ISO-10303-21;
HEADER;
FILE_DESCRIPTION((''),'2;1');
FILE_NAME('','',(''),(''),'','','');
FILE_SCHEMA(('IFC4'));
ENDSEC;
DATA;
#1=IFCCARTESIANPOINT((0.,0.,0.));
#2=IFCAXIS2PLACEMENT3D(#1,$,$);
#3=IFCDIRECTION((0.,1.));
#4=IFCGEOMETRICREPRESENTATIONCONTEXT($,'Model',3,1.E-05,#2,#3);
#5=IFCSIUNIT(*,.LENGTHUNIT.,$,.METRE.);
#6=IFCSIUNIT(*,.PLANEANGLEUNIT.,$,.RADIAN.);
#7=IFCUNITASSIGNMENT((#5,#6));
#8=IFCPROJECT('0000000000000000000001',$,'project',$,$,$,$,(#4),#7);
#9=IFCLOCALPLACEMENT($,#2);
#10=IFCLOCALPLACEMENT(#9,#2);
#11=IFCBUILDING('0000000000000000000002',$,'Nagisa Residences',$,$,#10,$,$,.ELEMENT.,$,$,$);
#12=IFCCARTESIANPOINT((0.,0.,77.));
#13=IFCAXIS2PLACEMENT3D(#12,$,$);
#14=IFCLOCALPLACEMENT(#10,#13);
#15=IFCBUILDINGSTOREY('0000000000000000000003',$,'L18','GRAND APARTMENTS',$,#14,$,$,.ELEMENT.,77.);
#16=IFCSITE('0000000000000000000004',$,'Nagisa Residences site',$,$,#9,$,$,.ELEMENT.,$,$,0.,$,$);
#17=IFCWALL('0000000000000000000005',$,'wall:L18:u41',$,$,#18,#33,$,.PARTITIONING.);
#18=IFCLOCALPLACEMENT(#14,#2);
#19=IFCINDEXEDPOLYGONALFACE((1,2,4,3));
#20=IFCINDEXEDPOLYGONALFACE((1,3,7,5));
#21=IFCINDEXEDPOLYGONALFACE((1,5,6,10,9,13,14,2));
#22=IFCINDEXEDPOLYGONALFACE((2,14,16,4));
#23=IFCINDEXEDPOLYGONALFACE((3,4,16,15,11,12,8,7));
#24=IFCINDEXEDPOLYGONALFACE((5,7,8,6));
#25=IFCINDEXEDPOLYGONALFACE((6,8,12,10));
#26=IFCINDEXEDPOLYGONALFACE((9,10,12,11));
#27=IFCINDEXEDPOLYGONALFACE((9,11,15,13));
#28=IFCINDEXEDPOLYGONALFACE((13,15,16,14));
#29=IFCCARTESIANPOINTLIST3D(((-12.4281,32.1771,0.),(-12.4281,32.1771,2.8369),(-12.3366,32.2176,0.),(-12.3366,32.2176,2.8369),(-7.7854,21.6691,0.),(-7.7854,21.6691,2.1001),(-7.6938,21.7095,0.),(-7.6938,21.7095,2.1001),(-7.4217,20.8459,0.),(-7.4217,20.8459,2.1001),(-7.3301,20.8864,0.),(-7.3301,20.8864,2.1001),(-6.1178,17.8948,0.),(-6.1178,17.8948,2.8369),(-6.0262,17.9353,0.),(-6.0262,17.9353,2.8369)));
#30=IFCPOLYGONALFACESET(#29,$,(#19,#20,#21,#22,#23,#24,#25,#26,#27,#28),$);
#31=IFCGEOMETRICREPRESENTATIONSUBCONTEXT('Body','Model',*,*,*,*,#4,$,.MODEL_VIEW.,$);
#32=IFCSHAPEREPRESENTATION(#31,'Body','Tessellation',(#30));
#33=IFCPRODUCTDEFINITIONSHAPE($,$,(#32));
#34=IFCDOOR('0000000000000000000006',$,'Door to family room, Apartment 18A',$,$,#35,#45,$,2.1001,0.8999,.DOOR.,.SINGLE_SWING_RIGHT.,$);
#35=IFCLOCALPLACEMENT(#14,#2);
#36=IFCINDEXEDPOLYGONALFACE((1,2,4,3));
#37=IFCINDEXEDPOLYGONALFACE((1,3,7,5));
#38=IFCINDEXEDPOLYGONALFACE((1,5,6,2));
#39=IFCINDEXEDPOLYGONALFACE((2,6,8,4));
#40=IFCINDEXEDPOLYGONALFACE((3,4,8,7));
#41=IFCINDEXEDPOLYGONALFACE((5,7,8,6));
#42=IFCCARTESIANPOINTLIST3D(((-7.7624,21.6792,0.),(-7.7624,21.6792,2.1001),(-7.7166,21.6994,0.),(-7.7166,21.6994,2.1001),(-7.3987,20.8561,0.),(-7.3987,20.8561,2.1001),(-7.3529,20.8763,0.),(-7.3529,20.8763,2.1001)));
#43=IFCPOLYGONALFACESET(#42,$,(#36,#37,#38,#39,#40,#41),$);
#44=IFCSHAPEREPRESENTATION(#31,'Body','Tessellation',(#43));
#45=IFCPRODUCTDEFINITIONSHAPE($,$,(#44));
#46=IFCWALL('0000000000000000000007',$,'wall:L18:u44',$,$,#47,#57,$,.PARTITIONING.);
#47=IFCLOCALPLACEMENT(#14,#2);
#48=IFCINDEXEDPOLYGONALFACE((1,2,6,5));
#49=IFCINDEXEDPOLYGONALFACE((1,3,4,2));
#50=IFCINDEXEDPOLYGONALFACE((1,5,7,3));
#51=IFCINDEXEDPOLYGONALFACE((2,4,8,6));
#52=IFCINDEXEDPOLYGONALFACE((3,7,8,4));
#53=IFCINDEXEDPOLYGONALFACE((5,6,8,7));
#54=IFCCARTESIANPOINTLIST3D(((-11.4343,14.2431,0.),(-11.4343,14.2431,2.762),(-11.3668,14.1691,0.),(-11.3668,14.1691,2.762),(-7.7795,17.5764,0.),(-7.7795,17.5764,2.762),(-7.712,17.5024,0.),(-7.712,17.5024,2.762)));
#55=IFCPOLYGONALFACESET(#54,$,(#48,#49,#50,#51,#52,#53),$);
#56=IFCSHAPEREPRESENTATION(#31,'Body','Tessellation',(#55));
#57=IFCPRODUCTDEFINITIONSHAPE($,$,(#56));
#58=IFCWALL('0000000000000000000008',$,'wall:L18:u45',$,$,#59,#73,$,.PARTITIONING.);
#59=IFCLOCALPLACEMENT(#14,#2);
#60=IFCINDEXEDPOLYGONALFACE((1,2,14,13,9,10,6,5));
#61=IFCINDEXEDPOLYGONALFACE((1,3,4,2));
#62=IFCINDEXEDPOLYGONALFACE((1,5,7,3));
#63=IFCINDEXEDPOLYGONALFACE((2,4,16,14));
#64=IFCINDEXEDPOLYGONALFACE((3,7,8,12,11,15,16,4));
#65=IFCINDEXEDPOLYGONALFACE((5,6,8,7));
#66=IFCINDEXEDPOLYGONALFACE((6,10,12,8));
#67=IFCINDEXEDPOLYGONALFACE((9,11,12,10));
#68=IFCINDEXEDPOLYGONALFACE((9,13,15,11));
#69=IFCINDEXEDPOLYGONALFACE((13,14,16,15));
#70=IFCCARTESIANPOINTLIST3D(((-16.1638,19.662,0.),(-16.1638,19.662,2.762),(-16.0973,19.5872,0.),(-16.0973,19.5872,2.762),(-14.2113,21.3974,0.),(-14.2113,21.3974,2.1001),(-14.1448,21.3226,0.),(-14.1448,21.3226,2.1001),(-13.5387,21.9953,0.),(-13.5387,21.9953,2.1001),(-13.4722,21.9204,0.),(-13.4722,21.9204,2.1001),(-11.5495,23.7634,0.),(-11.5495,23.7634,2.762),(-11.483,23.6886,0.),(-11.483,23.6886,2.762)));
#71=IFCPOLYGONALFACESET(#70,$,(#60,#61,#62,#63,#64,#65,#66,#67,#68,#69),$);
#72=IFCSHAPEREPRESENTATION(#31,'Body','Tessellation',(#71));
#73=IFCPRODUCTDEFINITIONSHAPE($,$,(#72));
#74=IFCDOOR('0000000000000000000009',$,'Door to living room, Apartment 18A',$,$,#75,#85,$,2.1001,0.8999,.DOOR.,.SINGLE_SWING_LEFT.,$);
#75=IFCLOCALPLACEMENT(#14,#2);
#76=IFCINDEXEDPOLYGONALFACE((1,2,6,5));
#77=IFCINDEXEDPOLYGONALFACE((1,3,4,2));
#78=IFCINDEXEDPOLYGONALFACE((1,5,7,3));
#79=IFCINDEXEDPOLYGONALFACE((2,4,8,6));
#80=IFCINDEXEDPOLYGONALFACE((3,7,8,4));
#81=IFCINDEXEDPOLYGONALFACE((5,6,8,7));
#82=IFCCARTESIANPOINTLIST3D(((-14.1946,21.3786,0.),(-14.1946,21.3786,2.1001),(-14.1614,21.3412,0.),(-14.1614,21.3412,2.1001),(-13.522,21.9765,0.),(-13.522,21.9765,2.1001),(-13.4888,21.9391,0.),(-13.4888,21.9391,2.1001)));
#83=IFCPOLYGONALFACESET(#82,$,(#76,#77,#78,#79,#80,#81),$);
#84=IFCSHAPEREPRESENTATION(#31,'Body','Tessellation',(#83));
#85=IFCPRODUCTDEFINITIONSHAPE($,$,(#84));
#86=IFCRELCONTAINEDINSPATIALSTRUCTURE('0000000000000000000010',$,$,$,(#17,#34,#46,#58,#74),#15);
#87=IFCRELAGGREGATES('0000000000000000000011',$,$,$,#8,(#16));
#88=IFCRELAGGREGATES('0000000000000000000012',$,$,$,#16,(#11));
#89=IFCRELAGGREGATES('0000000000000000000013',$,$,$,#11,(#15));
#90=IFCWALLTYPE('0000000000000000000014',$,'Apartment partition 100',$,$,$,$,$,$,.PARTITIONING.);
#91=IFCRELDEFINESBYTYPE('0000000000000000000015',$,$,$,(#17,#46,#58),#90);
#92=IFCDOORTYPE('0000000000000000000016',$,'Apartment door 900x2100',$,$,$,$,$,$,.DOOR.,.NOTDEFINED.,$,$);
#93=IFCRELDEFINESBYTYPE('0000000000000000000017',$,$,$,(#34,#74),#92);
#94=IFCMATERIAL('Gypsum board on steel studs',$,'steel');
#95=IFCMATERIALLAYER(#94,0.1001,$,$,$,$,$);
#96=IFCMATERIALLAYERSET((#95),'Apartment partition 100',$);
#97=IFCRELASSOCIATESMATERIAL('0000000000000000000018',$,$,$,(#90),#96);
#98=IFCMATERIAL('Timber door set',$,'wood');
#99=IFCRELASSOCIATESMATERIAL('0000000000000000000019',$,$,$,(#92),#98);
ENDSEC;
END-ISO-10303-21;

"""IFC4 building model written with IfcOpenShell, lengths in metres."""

from ifc_helpers import new_model, si_unit, direction, frame, frame_2d, origin, place, context, subcontext, project, spatial, rectangle, extrude, material, layer, layer_set, type_object, element, fill, save


model = new_model("IFC4")

# Units and contexts
model_context = context("Model", 3, precision=1e-05, world=origin(), true_north=direction((0.0, 1.0)))
body_context = subcontext(model_context, "Body", "Model", "MODEL_VIEW")
ifc_project = project(units=[si_unit("LENGTHUNIT", "METRE"), si_unit("PLANEANGLEUNIT", "RADIAN")], contexts=[model_context])

# Site, building, storey
site_placement = place(None, origin())
site = spatial("IfcSite", under=ifc_project, at=site_placement, Name="Nagisa Residences site", CompositionType="ELEMENT", RefElevation=0.0)
building_placement = place(site_placement, origin())
building = spatial("IfcBuilding", under=site, at=building_placement, Name="Nagisa Residences", CompositionType="ELEMENT")
storey_placement = place(building_placement, frame((0.0, 0.0, 77.0)))
storey = spatial("IfcBuildingStorey", under=building, at=storey_placement, Name="L18", Description="GRAND APARTMENTS", CompositionType="ELEMENT", Elevation=77.0)

# Shared definitions
ifc_material_1 = material(Name="Gypsum board on steel studs", Category="steel")
ifc_layer_1 = layer(ifc_material_1, 0.1001)
ifc_layer_set_1 = layer_set([ifc_layer_1], Name="Apartment partition 100")
wall_type_1 = type_object("IfcWallType", Name="Apartment partition 100", PredefinedType="PARTITIONING", material=ifc_layer_set_1)

# Shared definitions
ifc_material_2 = material(Name="Timber door set", Category="wood")
door_type_1 = type_object("IfcDoorType", Name="Apartment door 900x2100", OperationType="NOTDEFINED", PredefinedType="DOOR", material=ifc_material_2)

# Wall, opening, door
wall_1_placement = place(storey_placement, frame((-6.072, 17.915, 0.0), z_axis=(0.0, 0.0, 1.0), x_axis=(-0.40414, 0.914697, 0.0)))
wall_1 = element("IfcWall", 1, at=wall_1_placement, inside=storey, type_object=wall_type_1, Name="wall:L18:u41", PredefinedType="PARTITIONING", context=body_context, shape_type="SweptSolid", body=[
    extrude(rectangle(XDim=15.6143, YDim=0.1001, at=frame_2d((7.8071, 0.0))), origin(), (0.0, 0.0, 1.0), 2.8369),
])
opening_1_placement = place(wall_1_placement, frame((3.2263, 0.0, 0.0)))
opening_1 = element("IfcOpeningElement", 2, at=opening_1_placement, cuts=wall_1, PredefinedType="OPENING", context=body_context, shape_type="SweptSolid", body=[
    extrude(rectangle(XDim=0.8999, YDim=2.1001, at=frame_2d((0.45, 1.05))), frame((0.0, 0.0601, 0.0), z_axis=(0.0, -1.0, 0.0), x_axis=(1.0, 0.0, 0.0)), (0.0, 0.0, 1.0), 0.1201),
])
door_1_placement = place(opening_1_placement, origin())
door_1 = element("IfcDoor", 3, at=door_1_placement, inside=storey, type_object=door_type_1, Name="Door to family room, Apartment 18A", OperationType="SINGLE_SWING_RIGHT", OverallHeight=2.1001, OverallWidth=0.8999, PredefinedType="DOOR", context=body_context, shape_type="SweptSolid", body=[
    extrude(rectangle(XDim=0.8999, YDim=2.1001, at=frame_2d((0.45, 1.05))), frame((0.0, 0.0249, 0.0), z_axis=(0.0, -1.0, 0.0), x_axis=(1.0, 0.0, 0.0)), (0.0, 0.0, 1.0), 0.05),
])
fill(opening_1, door_1)

# Wall
wall_2_placement = place(storey_placement, frame((-7.7458, 17.5393, 0.0), z_axis=(0.0, 0.0, 1.0), x_axis=(-0.73886, -0.673858, 0.0)))
element("IfcWall", 4, at=wall_2_placement, inside=storey, type_object=wall_type_1, Name="wall:L18:u44", PredefinedType="PARTITIONING", context=body_context, shape_type="SweptSolid", body=[
    extrude(rectangle(XDim=4.9465, YDim=0.1001, at=frame_2d((2.4731, 0.0))), origin(), (0.0, 0.0, 1.0), 2.762),
])

# Wall, opening, door
wall_3_placement = place(storey_placement, frame((-11.5161, 23.7261, 0.0), z_axis=(0.0, 0.0, 1.0), x_axis=(-0.747429, -0.664342, 0.0)))
wall_3 = element("IfcWall", 5, at=wall_3_placement, inside=storey, type_object=wall_type_1, Name="wall:L18:u45", PredefinedType="PARTITIONING", context=body_context, shape_type="SweptSolid", body=[
    extrude(rectangle(XDim=6.1736, YDim=0.1001, at=frame_2d((3.0869, 0.0))), origin(), (0.0, 0.0, 1.0), 2.762),
])
opening_2_placement = place(wall_3_placement, frame((2.6616, 0.0, 0.0)))
opening_2 = element("IfcOpeningElement", 6, at=opening_2_placement, cuts=wall_3, PredefinedType="OPENING", context=body_context, shape_type="SweptSolid", body=[
    extrude(rectangle(XDim=0.8999, YDim=2.1001, at=frame_2d((0.45, 1.05))), frame((0.0, 0.0601, 0.0), z_axis=(0.0, -1.0, 0.0), x_axis=(1.0, 0.0, 0.0)), (0.0, 0.0, 1.0), 0.1201),
])
door_2_placement = place(opening_2_placement, frame((0.8999, 0.0, 0.0), x_axis=(-1.0, 0.0, 0.0)))
door_2 = element("IfcDoor", 7, at=door_2_placement, inside=storey, type_object=door_type_1, Name="Door to living room, Apartment 18A", OperationType="SINGLE_SWING_LEFT", OverallHeight=2.1001, OverallWidth=0.8999, PredefinedType="DOOR", context=body_context, shape_type="SweptSolid", body=[
    extrude(rectangle(XDim=0.8999, YDim=2.1001, at=frame_2d((0.45, 1.05))), frame((0.0, 0.0249, 0.0), z_axis=(0.0, -1.0, 0.0), x_axis=(1.0, 0.0, 0.0)), (0.0, 0.0, 1.0), 0.05),
])
fill(opening_2, door_2)

save(model, "model.ifc")
